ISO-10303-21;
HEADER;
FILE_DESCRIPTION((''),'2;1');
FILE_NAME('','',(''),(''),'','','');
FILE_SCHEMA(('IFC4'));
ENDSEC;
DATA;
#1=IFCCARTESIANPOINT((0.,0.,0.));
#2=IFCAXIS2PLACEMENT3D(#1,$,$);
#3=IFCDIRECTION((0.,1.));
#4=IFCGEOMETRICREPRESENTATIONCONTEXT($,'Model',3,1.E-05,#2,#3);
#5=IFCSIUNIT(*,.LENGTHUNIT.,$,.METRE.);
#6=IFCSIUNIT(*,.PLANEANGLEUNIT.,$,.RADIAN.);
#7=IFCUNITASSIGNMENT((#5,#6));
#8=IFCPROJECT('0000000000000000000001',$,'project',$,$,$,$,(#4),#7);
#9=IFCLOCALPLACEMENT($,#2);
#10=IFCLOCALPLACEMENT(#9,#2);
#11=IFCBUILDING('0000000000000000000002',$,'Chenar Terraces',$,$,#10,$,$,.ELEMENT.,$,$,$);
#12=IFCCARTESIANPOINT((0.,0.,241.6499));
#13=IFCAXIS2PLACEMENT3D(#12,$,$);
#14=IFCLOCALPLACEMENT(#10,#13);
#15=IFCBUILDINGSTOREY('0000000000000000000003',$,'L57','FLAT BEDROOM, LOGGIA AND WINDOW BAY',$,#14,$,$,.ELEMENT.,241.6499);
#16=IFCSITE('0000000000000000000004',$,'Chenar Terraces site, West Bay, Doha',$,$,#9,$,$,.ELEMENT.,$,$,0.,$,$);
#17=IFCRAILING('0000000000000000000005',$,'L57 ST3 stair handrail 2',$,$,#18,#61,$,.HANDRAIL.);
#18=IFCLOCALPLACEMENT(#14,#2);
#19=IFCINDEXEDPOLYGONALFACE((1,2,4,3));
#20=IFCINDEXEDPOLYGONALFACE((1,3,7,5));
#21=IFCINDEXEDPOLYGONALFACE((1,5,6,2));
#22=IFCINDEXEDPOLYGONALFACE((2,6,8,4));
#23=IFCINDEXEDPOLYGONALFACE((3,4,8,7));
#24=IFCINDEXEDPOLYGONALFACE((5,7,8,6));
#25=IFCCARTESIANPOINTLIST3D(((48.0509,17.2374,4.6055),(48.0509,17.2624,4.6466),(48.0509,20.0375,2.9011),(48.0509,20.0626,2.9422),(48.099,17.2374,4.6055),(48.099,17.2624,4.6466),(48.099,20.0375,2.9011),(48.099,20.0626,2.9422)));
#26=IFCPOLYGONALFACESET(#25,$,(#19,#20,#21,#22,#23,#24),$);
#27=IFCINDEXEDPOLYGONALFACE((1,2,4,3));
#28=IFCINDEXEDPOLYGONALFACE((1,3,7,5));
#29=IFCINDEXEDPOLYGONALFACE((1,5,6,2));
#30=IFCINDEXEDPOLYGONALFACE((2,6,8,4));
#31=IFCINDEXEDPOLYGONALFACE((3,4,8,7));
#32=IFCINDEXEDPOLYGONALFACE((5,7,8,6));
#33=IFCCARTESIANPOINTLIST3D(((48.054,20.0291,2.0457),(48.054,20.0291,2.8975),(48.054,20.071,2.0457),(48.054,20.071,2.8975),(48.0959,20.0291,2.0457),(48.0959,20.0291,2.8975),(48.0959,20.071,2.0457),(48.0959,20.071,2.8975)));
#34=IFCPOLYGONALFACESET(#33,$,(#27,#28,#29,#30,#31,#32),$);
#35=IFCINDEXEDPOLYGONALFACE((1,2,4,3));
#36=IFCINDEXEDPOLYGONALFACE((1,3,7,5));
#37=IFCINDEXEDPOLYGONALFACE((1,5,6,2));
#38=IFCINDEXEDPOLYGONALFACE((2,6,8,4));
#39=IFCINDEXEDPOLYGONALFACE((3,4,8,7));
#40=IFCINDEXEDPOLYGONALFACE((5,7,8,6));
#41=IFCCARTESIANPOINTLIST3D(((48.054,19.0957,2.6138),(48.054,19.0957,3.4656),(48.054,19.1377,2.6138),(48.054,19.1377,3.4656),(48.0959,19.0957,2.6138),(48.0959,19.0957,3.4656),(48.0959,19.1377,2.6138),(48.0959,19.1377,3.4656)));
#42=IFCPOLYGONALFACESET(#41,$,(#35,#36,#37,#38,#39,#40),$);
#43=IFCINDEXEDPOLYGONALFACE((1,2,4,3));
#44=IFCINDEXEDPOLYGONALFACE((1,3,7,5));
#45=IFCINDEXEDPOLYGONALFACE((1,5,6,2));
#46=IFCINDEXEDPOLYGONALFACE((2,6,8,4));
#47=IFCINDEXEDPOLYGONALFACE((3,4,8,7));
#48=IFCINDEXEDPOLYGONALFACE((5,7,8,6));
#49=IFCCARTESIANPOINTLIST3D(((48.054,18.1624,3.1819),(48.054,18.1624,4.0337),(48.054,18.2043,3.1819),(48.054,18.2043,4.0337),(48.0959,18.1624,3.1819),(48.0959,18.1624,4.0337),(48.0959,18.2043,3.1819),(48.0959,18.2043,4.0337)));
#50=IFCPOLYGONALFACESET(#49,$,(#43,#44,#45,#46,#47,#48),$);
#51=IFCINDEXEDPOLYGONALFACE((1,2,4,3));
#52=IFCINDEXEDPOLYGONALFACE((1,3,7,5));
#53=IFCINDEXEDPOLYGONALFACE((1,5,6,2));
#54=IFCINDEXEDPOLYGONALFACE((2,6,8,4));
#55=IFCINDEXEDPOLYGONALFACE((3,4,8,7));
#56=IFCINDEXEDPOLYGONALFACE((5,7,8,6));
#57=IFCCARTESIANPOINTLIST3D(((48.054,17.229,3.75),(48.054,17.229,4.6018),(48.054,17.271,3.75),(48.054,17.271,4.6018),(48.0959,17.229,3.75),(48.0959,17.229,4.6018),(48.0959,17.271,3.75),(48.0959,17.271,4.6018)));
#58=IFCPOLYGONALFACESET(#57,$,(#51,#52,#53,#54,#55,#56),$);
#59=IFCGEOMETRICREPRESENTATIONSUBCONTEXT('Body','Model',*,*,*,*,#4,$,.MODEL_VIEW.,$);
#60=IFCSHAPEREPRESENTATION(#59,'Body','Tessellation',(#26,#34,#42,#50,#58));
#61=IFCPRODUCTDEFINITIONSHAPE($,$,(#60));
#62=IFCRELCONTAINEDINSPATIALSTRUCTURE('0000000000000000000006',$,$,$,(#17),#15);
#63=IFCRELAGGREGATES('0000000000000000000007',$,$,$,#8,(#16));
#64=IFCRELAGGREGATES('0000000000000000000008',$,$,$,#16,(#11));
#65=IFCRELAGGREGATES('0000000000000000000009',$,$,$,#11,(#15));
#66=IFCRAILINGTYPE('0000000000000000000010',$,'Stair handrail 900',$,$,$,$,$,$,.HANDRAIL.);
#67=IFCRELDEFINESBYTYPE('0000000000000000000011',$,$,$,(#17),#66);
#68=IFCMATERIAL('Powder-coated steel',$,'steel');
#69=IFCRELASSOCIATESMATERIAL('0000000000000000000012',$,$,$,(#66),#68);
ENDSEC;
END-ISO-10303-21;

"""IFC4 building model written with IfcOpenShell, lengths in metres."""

from ifc_helpers import new_model, si_unit, direction, frame, origin, origin_2d, place, context, subcontext, project, spatial, rectangle, extrude, material, type_object, element, save


model = new_model("IFC4")

# Units and contexts
model_context = context("Model", 3, precision=1e-05, world=origin(), true_north=direction((0.0, 1.0)))
body_context = subcontext(model_context, "Body", "Model", "MODEL_VIEW")
ifc_project = project(units=[si_unit("LENGTHUNIT", "METRE"), si_unit("PLANEANGLEUNIT", "RADIAN")], contexts=[model_context])

# Site, building, storey
site_placement = place(None, origin())
site = spatial("IfcSite", under=ifc_project, at=site_placement, Name="Chenar Terraces site, West Bay, Doha", CompositionType="ELEMENT", RefElevation=0.0)
building_placement = place(site_placement, origin())
building = spatial("IfcBuilding", under=site, at=building_placement, Name="Chenar Terraces", CompositionType="ELEMENT")
storey_placement = place(building_placement, frame((0.0, 0.0, 241.6499)))
storey = spatial("IfcBuildingStorey", under=building, at=storey_placement, Name="L57", Description="FLAT BEDROOM, LOGGIA AND WINDOW BAY", CompositionType="ELEMENT", Elevation=241.6499)

# Railing
ifc_material_1 = material(Name="Powder-coated steel", Category="steel")
railing_type_1 = type_object("IfcRailingType", Name="Stair handrail 900", PredefinedType="HANDRAIL", material=ifc_material_1)
railing_1_placement = place(storey_placement, frame((48.075, 20.05, 2.0457)))
element("IfcRailing", 1, at=railing_1_placement, inside=storey, type_object=railing_type_1, Name="L57 ST3 stair handrail 2", PredefinedType="HANDRAIL", context=body_context, shape_type="SweptSolid", body=[
    extrude(rectangle(XDim=0.0481, YDim=0.0481, at=origin_2d()), frame((0.0, 0.0, 0.876), z_axis=(0.0, -0.854203, 0.51994), x_axis=(1.0, 0.0, 0.0)), (0.0, 0.0, 1.0), 3.2781),
    extrude(rectangle(XDim=0.042, YDim=0.042, at=origin_2d()), origin(), (0.0, 0.0, 1.0), 0.8518),
    extrude(rectangle(XDim=0.042, YDim=0.042, at=origin_2d()), frame((0.0, -0.9333, 0.5681)), (0.0, 0.0, 1.0), 0.8518),
    extrude(rectangle(XDim=0.042, YDim=0.042, at=origin_2d()), frame((0.0, -1.8667, 1.1362)), (0.0, 0.0, 1.0), 0.8518),
    extrude(rectangle(XDim=0.042, YDim=0.042, at=origin_2d()), frame((0.0, -2.8, 1.7043)), (0.0, 0.0, 1.0), 0.8518),
])

save(model, "model.ifc")
